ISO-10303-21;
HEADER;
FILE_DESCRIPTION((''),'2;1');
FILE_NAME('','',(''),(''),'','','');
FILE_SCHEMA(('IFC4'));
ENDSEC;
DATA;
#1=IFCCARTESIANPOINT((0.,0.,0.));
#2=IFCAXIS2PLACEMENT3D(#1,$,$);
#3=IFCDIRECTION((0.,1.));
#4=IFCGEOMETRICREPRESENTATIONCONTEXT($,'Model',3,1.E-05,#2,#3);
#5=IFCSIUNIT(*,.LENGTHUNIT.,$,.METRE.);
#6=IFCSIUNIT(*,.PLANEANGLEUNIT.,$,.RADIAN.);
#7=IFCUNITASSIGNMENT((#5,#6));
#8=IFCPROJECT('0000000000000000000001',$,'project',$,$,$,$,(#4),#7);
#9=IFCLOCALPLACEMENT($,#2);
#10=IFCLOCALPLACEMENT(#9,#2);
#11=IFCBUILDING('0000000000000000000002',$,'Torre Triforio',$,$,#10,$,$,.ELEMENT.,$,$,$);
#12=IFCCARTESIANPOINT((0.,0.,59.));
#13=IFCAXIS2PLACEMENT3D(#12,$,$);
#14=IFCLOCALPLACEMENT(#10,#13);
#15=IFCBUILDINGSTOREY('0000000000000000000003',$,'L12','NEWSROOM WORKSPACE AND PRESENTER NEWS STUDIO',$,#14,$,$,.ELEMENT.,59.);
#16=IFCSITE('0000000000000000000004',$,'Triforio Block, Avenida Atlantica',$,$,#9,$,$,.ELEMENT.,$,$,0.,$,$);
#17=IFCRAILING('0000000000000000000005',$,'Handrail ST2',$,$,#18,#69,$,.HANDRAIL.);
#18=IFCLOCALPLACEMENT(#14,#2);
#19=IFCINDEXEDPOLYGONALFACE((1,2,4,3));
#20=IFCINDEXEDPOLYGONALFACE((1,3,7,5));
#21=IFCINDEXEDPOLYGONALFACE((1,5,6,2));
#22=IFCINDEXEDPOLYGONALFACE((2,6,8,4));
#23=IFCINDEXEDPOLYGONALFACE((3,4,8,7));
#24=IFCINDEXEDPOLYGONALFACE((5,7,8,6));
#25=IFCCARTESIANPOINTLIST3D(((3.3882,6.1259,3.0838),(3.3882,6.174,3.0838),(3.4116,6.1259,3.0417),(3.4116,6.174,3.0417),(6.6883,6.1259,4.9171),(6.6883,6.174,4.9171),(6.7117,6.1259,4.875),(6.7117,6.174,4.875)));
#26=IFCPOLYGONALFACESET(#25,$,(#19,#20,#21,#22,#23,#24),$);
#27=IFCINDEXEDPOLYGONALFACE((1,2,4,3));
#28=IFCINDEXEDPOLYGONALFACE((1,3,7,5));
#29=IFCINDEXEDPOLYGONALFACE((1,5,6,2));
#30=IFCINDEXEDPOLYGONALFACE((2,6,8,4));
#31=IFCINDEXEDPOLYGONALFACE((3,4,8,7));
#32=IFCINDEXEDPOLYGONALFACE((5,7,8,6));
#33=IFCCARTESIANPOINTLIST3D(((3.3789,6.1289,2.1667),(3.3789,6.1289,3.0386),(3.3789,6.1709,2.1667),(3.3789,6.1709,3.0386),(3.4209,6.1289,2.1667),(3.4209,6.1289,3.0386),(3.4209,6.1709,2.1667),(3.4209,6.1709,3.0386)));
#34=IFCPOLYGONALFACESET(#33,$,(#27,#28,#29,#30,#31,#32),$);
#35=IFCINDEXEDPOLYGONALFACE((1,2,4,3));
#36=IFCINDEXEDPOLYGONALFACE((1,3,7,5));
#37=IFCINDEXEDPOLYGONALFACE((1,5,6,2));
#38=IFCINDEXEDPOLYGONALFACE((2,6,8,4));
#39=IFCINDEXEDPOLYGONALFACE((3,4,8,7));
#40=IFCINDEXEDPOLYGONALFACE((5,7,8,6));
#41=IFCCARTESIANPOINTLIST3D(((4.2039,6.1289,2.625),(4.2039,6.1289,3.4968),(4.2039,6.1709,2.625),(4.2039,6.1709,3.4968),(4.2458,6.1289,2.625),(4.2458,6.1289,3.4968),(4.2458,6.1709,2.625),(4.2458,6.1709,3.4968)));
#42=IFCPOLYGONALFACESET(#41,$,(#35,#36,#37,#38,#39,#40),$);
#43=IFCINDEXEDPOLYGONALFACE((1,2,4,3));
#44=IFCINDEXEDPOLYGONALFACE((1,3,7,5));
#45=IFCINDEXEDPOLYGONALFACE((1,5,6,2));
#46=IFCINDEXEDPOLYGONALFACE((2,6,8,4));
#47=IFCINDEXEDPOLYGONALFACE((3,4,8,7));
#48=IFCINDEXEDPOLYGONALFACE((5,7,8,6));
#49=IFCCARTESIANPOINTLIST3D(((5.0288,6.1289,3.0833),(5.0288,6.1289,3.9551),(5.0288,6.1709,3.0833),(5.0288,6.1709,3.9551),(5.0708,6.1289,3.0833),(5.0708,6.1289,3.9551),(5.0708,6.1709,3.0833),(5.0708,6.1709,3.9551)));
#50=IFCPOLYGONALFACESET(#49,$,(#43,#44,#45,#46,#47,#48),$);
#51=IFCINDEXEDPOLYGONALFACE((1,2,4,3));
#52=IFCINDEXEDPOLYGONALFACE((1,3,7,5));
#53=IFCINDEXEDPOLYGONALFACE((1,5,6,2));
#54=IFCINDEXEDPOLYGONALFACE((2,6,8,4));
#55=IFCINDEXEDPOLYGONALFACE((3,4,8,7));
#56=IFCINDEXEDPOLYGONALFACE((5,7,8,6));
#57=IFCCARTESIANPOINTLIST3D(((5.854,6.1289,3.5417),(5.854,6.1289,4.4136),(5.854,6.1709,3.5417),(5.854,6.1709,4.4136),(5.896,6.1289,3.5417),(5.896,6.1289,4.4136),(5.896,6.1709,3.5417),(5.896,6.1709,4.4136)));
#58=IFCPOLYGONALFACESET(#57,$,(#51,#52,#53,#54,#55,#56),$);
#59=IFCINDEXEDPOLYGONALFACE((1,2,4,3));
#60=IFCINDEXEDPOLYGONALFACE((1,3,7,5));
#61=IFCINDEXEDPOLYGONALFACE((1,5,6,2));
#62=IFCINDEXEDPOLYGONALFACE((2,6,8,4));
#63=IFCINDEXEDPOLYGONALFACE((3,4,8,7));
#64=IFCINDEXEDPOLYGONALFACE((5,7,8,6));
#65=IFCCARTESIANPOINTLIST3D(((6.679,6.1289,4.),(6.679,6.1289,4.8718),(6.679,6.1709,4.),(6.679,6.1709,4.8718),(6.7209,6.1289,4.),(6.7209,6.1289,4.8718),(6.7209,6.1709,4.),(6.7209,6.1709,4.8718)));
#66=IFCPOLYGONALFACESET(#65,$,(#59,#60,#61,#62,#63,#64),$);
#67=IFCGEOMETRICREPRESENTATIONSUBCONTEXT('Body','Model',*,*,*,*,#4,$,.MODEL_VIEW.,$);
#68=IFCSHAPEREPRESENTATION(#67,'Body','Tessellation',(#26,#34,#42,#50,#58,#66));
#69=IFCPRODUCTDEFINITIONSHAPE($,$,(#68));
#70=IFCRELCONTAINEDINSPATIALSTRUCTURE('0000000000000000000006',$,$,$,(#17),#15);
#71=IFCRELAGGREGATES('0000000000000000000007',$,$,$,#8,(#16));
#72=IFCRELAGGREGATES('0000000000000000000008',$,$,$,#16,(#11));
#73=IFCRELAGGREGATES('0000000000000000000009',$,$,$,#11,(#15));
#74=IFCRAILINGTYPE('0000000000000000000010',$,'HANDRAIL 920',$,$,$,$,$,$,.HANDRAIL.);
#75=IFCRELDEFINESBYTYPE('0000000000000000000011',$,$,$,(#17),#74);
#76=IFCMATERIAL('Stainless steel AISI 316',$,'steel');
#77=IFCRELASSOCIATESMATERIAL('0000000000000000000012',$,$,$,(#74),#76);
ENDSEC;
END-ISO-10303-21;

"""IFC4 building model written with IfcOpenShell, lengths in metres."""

from ifc_helpers import new_model, si_unit, direction, frame, origin, origin_2d, place, context, subcontext, project, spatial, rectangle, extrude, material, type_object, element, save


model = new_model("IFC4")

# Units and contexts
model_context = context("Model", 3, precision=1e-05, world=origin(), true_north=direction((0.0, 1.0)))
body_context = subcontext(model_context, "Body", "Model", "MODEL_VIEW")
ifc_project = project(units=[si_unit("LENGTHUNIT", "METRE"), si_unit("PLANEANGLEUNIT", "RADIAN")], contexts=[model_context])

# Site, building, storey
site_placement = place(None, origin())
site = spatial("IfcSite", under=ifc_project, at=site_placement, Name="Triforio Block, Avenida Atlantica", CompositionType="ELEMENT", RefElevation=0.0)
building_placement = place(site_placement, origin())
building = spatial("IfcBuilding", under=site, at=building_placement, Name="Torre Triforio", CompositionType="ELEMENT")
storey_placement = place(building_placement, frame((0.0, 0.0, 59.0)))
storey = spatial("IfcBuildingStorey", under=building, at=storey_placement, Name="L12", Description="NEWSROOM WORKSPACE AND PRESENTER NEWS STUDIO", CompositionType="ELEMENT", Elevation=59.0)

# Railing
ifc_material_1 = material(Name="Stainless steel AISI 316", Category="steel")
railing_type = type_object("IfcRailingType", Name="HANDRAIL 920", PredefinedType="HANDRAIL", material=ifc_material_1)
railing_placement = place(storey_placement, frame((3.3999, 6.1499, 2.1667)))
element("IfcRailing", 1, at=railing_placement, inside=storey, type_object=railing_type, Name="Handrail ST2", PredefinedType="HANDRAIL", context=body_context, shape_type="SweptSolid", body=[
    extrude(rectangle(XDim=0.0481, YDim=0.0481, at=origin_2d()), frame((0.0, 0.0, 0.896), z_axis=(0.874169, 0.0, 0.485621), x_axis=(0.0, 1.0, 0.0)), (0.0, 0.0, 1.0), 3.7751),
    extrude(rectangle(XDim=0.042, YDim=0.042, at=origin_2d()), origin(), (0.0, 0.0, 1.0), 0.8718),
    extrude(rectangle(XDim=0.042, YDim=0.042, at=origin_2d()), frame((0.825, 0.0, 0.4583)), (0.0, 0.0, 1.0), 0.8718),
    extrude(rectangle(XDim=0.042, YDim=0.042, at=origin_2d()), frame((1.6499, 0.0, 0.9165)), (0.0, 0.0, 1.0), 0.8718),
    extrude(rectangle(XDim=0.042, YDim=0.042, at=origin_2d()), frame((2.4751, 0.0, 1.375)), (0.0, 0.0, 1.0), 0.8718),
    extrude(rectangle(XDim=0.042, YDim=0.042, at=origin_2d()), frame((3.3, 0.0, 1.8333)), (0.0, 0.0, 1.0), 0.8718),
])

save(model, "model.ifc")
